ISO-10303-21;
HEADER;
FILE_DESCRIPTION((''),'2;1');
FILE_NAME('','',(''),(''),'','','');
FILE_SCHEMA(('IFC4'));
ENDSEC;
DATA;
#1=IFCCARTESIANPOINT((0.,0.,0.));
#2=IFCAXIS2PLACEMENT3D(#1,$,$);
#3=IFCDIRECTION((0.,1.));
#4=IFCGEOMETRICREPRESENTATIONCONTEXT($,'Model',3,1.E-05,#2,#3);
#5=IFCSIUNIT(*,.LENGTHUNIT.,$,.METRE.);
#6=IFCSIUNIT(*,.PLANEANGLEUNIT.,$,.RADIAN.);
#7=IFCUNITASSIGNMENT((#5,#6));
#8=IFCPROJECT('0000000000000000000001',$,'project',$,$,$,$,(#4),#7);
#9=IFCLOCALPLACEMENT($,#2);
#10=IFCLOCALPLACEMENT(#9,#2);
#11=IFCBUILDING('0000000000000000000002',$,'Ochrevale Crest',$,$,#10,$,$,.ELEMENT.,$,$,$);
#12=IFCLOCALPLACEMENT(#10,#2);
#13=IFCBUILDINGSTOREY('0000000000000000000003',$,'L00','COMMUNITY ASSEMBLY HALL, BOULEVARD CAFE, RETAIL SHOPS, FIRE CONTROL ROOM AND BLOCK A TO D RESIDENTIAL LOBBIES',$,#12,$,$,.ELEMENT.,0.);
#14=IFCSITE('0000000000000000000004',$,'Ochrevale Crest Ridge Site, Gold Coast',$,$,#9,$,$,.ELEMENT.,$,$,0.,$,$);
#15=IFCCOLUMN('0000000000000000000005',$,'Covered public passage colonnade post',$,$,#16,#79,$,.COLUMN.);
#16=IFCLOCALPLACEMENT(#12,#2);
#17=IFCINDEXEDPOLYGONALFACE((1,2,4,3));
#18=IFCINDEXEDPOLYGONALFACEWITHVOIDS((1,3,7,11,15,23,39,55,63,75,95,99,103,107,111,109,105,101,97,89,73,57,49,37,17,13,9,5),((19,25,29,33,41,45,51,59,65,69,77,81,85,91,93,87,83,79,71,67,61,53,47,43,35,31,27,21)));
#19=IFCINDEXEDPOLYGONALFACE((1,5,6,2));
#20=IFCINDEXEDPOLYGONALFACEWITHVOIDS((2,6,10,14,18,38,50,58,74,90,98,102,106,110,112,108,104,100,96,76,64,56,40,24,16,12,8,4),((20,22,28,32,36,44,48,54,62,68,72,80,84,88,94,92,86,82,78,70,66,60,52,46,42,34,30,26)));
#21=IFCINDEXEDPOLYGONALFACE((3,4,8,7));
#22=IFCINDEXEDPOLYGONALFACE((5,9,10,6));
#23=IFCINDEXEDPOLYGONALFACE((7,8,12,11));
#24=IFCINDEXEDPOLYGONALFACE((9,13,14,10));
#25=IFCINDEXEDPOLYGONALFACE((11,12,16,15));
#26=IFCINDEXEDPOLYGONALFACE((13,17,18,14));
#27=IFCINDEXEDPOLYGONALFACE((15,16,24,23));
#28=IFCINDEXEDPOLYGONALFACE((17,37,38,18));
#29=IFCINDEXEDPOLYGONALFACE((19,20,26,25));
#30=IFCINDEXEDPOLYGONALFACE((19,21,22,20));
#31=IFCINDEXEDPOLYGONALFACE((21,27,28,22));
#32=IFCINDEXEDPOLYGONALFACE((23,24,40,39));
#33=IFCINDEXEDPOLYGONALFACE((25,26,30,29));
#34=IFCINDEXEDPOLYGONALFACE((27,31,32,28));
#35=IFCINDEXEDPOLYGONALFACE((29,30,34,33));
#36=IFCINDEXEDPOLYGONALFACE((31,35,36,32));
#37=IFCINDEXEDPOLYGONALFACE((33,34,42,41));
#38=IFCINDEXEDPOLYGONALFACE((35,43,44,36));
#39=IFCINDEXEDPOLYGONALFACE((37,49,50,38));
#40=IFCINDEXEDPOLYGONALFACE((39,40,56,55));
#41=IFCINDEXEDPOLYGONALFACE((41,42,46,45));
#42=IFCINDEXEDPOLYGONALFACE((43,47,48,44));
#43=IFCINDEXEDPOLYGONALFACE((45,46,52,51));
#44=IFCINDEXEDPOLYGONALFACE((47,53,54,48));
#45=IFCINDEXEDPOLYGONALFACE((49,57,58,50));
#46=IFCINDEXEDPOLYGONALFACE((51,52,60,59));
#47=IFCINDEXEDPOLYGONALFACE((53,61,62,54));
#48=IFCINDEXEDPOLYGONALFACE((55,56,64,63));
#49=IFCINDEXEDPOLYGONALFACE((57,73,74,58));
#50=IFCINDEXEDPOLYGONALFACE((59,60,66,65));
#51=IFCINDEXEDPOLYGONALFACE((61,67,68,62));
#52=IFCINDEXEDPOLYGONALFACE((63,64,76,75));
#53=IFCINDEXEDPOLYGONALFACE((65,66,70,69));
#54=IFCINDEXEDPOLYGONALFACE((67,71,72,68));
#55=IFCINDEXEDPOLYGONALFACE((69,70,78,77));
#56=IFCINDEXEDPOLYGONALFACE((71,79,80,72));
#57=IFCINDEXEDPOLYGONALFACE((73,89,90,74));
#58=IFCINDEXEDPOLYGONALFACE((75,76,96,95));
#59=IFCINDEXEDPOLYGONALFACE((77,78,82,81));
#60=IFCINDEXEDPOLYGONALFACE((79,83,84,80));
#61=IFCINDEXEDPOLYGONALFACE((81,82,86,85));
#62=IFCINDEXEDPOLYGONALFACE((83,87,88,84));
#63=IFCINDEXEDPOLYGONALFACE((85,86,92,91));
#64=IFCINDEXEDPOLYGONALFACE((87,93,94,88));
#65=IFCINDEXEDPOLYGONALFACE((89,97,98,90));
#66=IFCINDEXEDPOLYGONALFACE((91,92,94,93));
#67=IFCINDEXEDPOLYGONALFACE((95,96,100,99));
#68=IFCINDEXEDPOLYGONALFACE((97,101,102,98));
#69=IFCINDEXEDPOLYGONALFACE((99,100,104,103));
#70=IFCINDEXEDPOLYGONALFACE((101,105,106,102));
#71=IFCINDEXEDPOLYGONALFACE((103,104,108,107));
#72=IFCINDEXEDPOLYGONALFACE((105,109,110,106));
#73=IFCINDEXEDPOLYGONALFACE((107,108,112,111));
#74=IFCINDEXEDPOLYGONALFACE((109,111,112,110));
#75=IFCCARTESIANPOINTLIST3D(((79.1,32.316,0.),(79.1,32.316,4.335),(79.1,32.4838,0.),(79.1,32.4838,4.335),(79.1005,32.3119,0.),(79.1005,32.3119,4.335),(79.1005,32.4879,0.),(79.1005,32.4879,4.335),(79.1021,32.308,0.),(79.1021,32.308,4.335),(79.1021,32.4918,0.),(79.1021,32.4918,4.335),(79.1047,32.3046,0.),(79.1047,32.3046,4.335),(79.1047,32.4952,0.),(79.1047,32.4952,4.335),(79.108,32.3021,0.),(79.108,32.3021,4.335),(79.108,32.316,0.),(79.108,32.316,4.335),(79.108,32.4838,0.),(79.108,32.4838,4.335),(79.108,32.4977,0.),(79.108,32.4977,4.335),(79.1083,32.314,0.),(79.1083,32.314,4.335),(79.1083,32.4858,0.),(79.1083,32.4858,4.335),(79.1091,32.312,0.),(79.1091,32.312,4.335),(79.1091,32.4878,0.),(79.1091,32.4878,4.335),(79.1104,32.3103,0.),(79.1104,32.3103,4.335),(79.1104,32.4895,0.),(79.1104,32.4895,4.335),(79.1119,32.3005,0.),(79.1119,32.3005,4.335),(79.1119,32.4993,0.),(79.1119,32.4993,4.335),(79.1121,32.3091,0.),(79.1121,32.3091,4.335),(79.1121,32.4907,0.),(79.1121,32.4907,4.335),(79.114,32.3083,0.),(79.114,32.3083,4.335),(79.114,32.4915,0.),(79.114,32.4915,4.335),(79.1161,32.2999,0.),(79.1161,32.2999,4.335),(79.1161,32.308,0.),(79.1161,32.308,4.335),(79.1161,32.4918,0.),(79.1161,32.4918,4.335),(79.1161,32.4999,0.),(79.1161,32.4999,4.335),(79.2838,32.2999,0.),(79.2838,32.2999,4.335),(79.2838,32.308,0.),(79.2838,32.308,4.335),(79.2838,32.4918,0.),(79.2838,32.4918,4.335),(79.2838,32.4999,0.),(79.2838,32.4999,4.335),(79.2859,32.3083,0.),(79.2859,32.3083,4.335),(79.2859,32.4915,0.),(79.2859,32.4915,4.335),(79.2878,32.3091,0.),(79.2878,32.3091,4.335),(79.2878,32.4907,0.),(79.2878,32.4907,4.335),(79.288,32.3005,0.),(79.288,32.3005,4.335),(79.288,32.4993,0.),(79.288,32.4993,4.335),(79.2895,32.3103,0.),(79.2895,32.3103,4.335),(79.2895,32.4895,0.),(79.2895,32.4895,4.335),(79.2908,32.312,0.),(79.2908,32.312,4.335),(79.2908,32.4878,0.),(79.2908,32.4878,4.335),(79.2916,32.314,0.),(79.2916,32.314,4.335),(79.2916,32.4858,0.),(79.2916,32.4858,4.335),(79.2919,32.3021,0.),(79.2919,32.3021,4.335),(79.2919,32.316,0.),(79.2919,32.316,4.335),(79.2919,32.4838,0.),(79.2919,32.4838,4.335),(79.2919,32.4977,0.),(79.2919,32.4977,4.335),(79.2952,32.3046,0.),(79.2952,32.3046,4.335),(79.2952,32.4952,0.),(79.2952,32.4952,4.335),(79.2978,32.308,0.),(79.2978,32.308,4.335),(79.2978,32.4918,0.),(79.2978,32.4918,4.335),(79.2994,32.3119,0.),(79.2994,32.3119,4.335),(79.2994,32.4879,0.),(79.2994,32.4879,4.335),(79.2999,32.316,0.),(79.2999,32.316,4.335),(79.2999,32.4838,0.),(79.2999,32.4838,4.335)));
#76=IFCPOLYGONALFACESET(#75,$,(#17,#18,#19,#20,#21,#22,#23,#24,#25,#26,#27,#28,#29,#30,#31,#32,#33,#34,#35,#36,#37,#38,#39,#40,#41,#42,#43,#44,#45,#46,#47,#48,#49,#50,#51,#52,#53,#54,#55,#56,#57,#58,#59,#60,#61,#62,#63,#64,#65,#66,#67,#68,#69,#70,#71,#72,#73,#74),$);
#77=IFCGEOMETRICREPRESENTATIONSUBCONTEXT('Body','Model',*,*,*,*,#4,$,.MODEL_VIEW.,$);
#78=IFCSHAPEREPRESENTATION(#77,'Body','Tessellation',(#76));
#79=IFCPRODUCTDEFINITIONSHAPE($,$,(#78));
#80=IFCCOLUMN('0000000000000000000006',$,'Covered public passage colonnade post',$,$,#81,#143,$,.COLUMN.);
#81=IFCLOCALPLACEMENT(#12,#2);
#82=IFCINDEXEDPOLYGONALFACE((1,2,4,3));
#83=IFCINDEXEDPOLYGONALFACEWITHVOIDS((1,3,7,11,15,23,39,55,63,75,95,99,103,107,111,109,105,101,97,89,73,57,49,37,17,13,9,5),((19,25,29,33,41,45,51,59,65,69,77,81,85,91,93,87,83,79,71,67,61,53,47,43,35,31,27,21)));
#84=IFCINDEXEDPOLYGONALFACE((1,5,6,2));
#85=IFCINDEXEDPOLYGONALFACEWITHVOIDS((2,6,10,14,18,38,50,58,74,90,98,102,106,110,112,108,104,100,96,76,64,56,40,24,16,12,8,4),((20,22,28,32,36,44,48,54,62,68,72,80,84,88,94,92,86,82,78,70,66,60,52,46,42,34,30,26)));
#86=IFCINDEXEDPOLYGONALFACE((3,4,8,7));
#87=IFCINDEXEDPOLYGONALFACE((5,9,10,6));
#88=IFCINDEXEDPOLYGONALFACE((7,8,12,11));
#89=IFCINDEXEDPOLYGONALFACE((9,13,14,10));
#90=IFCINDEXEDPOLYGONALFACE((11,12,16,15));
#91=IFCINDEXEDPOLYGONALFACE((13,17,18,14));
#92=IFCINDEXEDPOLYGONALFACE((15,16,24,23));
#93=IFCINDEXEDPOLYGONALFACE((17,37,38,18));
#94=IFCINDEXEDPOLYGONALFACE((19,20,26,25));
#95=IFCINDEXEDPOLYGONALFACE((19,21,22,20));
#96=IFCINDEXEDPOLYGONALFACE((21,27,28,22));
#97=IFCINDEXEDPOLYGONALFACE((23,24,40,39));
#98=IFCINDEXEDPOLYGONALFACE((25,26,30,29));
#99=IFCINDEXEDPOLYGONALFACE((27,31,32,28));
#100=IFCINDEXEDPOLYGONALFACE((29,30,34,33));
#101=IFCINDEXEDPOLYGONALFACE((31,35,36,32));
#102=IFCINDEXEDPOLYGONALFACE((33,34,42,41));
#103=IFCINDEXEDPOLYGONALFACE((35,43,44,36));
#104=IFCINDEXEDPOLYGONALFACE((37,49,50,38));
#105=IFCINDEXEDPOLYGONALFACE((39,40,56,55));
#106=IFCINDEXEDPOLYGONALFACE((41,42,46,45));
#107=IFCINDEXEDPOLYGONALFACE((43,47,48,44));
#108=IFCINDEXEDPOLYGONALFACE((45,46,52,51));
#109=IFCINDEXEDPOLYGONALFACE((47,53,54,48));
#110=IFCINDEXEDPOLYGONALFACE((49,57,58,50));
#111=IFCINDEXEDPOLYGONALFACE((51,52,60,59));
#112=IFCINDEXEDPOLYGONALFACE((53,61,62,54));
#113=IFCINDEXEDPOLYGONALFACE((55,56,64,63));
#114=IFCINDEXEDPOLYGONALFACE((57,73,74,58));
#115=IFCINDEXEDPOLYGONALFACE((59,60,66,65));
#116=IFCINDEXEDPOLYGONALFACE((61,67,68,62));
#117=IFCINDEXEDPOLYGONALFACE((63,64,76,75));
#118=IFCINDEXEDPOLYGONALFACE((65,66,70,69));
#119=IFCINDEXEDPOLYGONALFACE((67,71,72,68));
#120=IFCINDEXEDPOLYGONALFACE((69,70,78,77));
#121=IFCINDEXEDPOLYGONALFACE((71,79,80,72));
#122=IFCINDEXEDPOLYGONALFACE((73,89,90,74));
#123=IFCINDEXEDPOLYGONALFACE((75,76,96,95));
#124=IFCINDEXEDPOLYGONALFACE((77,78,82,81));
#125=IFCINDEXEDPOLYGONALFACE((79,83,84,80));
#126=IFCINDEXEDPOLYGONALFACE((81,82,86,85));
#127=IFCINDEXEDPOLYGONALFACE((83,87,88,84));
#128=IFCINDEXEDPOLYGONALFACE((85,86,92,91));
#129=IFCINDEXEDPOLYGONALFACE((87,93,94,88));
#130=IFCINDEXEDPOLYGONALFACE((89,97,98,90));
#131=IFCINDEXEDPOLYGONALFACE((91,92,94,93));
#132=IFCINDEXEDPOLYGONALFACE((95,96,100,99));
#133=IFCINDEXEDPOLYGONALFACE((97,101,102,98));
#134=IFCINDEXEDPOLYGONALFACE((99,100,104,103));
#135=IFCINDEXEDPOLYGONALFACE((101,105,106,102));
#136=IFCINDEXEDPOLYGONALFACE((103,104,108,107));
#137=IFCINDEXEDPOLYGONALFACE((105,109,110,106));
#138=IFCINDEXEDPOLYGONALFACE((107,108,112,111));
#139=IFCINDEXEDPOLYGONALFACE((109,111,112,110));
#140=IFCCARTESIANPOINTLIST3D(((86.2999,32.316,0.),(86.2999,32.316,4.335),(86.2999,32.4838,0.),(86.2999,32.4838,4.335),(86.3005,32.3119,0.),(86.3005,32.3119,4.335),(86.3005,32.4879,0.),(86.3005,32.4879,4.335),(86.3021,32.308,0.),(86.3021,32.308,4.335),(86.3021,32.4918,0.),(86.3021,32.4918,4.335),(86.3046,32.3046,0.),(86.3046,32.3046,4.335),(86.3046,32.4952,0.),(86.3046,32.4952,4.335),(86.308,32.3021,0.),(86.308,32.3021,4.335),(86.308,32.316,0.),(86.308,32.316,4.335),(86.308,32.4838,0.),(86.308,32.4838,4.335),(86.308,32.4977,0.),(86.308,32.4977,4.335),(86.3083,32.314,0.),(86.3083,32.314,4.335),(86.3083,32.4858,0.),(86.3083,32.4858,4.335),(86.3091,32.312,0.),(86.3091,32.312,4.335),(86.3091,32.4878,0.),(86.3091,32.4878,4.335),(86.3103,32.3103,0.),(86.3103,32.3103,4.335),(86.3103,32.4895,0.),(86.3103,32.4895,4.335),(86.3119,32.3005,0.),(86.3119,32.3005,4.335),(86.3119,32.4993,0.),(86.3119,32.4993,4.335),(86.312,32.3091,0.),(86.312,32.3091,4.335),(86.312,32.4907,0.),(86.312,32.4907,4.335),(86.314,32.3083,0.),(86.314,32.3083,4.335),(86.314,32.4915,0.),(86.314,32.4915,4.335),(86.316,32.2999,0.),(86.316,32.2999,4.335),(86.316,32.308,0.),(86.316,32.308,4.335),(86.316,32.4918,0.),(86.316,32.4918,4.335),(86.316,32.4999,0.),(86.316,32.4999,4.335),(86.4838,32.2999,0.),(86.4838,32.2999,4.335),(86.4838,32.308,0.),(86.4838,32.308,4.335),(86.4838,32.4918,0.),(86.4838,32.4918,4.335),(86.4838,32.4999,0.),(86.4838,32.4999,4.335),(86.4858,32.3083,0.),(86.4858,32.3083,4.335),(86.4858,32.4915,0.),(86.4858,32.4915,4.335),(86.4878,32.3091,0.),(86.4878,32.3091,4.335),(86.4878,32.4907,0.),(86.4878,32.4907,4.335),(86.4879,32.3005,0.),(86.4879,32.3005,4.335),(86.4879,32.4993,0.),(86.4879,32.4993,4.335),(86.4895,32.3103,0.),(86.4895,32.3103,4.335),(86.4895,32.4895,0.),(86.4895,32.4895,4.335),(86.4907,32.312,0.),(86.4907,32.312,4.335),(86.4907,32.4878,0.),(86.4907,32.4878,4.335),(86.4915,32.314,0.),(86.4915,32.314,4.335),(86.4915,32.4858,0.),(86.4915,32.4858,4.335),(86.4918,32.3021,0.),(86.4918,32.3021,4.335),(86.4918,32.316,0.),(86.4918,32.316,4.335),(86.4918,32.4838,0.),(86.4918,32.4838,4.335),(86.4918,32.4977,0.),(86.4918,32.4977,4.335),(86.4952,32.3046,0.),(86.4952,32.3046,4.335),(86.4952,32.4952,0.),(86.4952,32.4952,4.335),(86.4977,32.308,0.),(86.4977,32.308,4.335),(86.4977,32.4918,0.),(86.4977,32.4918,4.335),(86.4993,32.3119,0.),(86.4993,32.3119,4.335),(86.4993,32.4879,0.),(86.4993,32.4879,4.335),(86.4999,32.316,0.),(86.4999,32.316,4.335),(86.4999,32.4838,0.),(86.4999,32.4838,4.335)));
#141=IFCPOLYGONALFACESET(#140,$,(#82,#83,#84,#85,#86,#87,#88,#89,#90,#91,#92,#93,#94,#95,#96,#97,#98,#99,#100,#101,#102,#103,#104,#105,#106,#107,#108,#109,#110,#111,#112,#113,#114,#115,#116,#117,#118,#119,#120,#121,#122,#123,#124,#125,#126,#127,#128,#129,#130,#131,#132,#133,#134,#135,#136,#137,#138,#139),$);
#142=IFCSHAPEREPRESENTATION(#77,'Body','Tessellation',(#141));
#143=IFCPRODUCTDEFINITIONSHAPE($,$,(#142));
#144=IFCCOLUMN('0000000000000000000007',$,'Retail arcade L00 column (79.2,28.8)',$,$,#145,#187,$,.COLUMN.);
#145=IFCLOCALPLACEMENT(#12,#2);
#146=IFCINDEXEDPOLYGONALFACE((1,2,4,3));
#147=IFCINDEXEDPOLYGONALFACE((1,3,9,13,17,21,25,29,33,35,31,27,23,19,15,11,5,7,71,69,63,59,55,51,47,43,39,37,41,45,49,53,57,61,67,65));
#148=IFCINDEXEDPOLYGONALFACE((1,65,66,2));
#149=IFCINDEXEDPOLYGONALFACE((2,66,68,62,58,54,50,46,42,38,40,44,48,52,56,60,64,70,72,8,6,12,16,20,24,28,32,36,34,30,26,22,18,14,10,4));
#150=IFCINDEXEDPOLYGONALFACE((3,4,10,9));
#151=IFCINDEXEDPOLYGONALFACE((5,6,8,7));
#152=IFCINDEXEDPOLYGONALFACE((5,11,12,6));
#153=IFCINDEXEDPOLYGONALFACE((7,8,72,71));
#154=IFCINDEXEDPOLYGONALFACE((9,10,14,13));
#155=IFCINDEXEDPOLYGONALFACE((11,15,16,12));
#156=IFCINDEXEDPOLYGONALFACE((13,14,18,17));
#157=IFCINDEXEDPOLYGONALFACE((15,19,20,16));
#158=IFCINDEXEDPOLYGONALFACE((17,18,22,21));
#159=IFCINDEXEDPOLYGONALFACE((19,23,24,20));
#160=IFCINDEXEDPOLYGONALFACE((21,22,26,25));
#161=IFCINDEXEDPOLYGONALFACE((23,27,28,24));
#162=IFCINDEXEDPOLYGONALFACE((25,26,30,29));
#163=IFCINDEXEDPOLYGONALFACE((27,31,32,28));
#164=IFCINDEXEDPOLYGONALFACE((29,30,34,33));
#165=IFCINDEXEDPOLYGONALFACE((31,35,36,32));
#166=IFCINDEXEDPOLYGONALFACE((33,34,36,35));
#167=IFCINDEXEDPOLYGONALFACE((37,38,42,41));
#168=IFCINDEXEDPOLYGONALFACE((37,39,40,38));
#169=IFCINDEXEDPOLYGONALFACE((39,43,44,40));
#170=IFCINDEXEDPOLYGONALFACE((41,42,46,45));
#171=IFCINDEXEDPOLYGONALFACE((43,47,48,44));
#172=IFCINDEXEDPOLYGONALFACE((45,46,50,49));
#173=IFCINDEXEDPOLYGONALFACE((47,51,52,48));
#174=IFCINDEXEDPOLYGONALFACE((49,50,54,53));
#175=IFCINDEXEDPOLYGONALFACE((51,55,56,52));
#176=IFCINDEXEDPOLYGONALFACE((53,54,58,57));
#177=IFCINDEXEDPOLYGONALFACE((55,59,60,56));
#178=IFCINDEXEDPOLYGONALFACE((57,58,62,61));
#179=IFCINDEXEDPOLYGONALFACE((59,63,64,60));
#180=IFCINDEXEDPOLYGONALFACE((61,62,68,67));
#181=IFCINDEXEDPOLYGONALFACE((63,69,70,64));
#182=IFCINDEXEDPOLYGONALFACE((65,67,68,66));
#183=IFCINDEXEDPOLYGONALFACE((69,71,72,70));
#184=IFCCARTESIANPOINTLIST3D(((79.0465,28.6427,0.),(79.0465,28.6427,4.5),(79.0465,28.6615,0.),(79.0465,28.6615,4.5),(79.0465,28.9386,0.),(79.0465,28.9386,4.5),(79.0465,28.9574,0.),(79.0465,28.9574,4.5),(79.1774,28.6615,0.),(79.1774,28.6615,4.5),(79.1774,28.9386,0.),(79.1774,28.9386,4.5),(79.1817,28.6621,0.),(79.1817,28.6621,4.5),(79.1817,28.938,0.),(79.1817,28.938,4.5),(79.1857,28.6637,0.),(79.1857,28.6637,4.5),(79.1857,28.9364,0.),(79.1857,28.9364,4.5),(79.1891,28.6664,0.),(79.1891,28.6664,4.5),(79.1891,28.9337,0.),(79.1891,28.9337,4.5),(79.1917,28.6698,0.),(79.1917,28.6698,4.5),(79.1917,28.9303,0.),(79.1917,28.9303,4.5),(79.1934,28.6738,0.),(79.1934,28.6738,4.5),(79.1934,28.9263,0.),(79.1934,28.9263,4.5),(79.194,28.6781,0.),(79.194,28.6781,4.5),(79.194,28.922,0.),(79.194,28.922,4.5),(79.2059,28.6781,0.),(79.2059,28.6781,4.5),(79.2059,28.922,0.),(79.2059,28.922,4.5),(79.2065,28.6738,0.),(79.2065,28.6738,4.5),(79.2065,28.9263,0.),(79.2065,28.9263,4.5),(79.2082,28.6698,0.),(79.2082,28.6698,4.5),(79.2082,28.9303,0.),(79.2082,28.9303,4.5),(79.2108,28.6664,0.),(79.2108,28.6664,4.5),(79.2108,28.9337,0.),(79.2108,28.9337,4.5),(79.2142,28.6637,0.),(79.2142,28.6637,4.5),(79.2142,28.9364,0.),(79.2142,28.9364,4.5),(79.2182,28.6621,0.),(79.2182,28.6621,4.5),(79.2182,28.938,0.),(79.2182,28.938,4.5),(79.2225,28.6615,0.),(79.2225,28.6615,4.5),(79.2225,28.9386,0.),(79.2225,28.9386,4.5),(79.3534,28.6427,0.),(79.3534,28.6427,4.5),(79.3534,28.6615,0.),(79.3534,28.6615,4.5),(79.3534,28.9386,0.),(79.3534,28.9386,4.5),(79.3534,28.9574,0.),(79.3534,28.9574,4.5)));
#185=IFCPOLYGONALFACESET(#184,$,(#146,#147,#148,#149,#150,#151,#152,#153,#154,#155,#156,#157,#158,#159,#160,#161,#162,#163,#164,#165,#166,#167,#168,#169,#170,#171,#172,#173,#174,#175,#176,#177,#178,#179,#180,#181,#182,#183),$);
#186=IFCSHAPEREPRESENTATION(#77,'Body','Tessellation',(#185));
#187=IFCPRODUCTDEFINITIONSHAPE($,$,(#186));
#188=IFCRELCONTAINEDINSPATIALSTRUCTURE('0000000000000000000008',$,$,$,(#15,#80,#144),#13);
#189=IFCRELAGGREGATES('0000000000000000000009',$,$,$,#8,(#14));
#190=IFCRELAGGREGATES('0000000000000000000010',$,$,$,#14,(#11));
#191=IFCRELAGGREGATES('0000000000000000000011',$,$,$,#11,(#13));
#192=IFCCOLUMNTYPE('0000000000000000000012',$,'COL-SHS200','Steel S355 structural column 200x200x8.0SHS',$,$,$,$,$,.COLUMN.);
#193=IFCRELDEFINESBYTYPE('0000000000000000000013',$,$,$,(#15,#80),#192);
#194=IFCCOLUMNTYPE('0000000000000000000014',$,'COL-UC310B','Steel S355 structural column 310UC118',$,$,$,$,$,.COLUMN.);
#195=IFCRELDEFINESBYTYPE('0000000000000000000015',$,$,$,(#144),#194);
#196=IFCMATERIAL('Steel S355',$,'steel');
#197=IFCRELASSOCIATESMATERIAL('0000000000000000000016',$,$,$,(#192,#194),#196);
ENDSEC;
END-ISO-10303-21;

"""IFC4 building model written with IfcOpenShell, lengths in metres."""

from ifc_helpers import new_model, si_unit, direction, frame, origin, origin_2d, place, context, subcontext, project, spatial, hollow_rectangle, i_section, extrude, material, material_profile, profile_set, type_object, element, save


model = new_model("IFC4")

# Units and contexts
model_context = context("Model", 3, precision=1e-05, world=origin(), true_north=direction((0.0, 1.0)))
body_context = subcontext(model_context, "Body", "Model", "MODEL_VIEW")
ifc_project = project(units=[si_unit("LENGTHUNIT", "METRE"), si_unit("PLANEANGLEUNIT", "RADIAN")], contexts=[model_context])

# Site, building, storey
site_placement = place(None, origin())
site = spatial("IfcSite", under=ifc_project, at=site_placement, Name="Ochrevale Crest Ridge Site, Gold Coast", CompositionType="ELEMENT", RefElevation=0.0)
building_placement = place(site_placement, origin())
building = spatial("IfcBuilding", under=site, at=building_placement, Name="Ochrevale Crest", CompositionType="ELEMENT")
storey_placement = place(building_placement, origin())
storey = spatial("IfcBuildingStorey", under=building, at=storey_placement, Name="L00", Description="COMMUNITY ASSEMBLY HALL, BOULEVARD CAFE, RETAIL SHOPS, FIRE CONTROL ROOM AND BLOCK A TO D RESIDENTIAL LOBBIES", CompositionType="ELEMENT", Elevation=0.0)

# Columns
ifc_material_1 = material(Name="Steel S355", Category="steel")
ifc_material_profile_1 = material_profile(ifc_material_1, hollow_rectangle(XDim=0.2, YDim=0.2, WallThickness=0.0081, InnerFilletRadius=0.0081, OuterFilletRadius=0.0161, at=origin_2d()), Name="200x200x8.0SHS")
ifc_profile_set_1 = profile_set([ifc_material_profile_1], Name="Steel S355")
column_type_1 = type_object("IfcColumnType", Name="COL-SHS200", Description="Steel S355 structural column 200x200x8.0SHS", PredefinedType="COLUMN", material=ifc_profile_set_1)
for number, where, z_axis, x_axis, name in (
    (1, (79.2, 32.3999, 0.0), (0.0, 0.0, 1.0), (1.0, 0.0, 0.0), "Covered public passage colonnade post"),
    (2, (86.3999, 32.3999, 0.0), (0.0, 0.0, 1.0), (1.0, 0.0, 0.0), "Covered public passage colonnade post"),
):
    element("IfcColumn", number, at=place(storey_placement, frame(where, z_axis=z_axis, x_axis=x_axis)), inside=storey, type_object=column_type_1, Name=name, PredefinedType="COLUMN", context=body_context, shape_type="SweptSolid", body=[
        extrude(hollow_rectangle(XDim=0.2, YDim=0.2, WallThickness=0.0081, InnerFilletRadius=0.0081, OuterFilletRadius=0.0161, at=origin_2d()), origin(), (0.0, 0.0, 1.0), 4.335),
    ])
ifc_material_profile_2 = material_profile(ifc_material_1, i_section(OverallWidth=0.3069, OverallDepth=0.3147, WebThickness=0.012, FlangeThickness=0.0188, FilletRadius=0.0166, at=origin_2d()), Name="310UC118")
ifc_profile_set_2 = profile_set([ifc_material_profile_2], Name="Steel S355")
column_type_2 = type_object("IfcColumnType", Name="COL-UC310B", Description="Steel S355 structural column 310UC118", PredefinedType="COLUMN", material=ifc_profile_set_2)
for number, where, z_axis, x_axis, name in (
    (3, (79.2, 28.8, 0.0), (0.0, 0.0, 1.0), (1.0, 0.0, 0.0), "Retail arcade L00 column (79.2,28.8)"),
):
    element("IfcColumn", number, at=place(storey_placement, frame(where, z_axis=z_axis, x_axis=x_axis)), inside=storey, type_object=column_type_2, Name=name, PredefinedType="COLUMN", context=body_context, shape_type="SweptSolid", body=[
        extrude(i_section(OverallWidth=0.3069, OverallDepth=0.3147, WebThickness=0.012, FlangeThickness=0.0188, FilletRadius=0.0166, at=origin_2d()), origin(), (0.0, 0.0, 1.0), 4.5),
    ])

save(model, "model.ifc")
